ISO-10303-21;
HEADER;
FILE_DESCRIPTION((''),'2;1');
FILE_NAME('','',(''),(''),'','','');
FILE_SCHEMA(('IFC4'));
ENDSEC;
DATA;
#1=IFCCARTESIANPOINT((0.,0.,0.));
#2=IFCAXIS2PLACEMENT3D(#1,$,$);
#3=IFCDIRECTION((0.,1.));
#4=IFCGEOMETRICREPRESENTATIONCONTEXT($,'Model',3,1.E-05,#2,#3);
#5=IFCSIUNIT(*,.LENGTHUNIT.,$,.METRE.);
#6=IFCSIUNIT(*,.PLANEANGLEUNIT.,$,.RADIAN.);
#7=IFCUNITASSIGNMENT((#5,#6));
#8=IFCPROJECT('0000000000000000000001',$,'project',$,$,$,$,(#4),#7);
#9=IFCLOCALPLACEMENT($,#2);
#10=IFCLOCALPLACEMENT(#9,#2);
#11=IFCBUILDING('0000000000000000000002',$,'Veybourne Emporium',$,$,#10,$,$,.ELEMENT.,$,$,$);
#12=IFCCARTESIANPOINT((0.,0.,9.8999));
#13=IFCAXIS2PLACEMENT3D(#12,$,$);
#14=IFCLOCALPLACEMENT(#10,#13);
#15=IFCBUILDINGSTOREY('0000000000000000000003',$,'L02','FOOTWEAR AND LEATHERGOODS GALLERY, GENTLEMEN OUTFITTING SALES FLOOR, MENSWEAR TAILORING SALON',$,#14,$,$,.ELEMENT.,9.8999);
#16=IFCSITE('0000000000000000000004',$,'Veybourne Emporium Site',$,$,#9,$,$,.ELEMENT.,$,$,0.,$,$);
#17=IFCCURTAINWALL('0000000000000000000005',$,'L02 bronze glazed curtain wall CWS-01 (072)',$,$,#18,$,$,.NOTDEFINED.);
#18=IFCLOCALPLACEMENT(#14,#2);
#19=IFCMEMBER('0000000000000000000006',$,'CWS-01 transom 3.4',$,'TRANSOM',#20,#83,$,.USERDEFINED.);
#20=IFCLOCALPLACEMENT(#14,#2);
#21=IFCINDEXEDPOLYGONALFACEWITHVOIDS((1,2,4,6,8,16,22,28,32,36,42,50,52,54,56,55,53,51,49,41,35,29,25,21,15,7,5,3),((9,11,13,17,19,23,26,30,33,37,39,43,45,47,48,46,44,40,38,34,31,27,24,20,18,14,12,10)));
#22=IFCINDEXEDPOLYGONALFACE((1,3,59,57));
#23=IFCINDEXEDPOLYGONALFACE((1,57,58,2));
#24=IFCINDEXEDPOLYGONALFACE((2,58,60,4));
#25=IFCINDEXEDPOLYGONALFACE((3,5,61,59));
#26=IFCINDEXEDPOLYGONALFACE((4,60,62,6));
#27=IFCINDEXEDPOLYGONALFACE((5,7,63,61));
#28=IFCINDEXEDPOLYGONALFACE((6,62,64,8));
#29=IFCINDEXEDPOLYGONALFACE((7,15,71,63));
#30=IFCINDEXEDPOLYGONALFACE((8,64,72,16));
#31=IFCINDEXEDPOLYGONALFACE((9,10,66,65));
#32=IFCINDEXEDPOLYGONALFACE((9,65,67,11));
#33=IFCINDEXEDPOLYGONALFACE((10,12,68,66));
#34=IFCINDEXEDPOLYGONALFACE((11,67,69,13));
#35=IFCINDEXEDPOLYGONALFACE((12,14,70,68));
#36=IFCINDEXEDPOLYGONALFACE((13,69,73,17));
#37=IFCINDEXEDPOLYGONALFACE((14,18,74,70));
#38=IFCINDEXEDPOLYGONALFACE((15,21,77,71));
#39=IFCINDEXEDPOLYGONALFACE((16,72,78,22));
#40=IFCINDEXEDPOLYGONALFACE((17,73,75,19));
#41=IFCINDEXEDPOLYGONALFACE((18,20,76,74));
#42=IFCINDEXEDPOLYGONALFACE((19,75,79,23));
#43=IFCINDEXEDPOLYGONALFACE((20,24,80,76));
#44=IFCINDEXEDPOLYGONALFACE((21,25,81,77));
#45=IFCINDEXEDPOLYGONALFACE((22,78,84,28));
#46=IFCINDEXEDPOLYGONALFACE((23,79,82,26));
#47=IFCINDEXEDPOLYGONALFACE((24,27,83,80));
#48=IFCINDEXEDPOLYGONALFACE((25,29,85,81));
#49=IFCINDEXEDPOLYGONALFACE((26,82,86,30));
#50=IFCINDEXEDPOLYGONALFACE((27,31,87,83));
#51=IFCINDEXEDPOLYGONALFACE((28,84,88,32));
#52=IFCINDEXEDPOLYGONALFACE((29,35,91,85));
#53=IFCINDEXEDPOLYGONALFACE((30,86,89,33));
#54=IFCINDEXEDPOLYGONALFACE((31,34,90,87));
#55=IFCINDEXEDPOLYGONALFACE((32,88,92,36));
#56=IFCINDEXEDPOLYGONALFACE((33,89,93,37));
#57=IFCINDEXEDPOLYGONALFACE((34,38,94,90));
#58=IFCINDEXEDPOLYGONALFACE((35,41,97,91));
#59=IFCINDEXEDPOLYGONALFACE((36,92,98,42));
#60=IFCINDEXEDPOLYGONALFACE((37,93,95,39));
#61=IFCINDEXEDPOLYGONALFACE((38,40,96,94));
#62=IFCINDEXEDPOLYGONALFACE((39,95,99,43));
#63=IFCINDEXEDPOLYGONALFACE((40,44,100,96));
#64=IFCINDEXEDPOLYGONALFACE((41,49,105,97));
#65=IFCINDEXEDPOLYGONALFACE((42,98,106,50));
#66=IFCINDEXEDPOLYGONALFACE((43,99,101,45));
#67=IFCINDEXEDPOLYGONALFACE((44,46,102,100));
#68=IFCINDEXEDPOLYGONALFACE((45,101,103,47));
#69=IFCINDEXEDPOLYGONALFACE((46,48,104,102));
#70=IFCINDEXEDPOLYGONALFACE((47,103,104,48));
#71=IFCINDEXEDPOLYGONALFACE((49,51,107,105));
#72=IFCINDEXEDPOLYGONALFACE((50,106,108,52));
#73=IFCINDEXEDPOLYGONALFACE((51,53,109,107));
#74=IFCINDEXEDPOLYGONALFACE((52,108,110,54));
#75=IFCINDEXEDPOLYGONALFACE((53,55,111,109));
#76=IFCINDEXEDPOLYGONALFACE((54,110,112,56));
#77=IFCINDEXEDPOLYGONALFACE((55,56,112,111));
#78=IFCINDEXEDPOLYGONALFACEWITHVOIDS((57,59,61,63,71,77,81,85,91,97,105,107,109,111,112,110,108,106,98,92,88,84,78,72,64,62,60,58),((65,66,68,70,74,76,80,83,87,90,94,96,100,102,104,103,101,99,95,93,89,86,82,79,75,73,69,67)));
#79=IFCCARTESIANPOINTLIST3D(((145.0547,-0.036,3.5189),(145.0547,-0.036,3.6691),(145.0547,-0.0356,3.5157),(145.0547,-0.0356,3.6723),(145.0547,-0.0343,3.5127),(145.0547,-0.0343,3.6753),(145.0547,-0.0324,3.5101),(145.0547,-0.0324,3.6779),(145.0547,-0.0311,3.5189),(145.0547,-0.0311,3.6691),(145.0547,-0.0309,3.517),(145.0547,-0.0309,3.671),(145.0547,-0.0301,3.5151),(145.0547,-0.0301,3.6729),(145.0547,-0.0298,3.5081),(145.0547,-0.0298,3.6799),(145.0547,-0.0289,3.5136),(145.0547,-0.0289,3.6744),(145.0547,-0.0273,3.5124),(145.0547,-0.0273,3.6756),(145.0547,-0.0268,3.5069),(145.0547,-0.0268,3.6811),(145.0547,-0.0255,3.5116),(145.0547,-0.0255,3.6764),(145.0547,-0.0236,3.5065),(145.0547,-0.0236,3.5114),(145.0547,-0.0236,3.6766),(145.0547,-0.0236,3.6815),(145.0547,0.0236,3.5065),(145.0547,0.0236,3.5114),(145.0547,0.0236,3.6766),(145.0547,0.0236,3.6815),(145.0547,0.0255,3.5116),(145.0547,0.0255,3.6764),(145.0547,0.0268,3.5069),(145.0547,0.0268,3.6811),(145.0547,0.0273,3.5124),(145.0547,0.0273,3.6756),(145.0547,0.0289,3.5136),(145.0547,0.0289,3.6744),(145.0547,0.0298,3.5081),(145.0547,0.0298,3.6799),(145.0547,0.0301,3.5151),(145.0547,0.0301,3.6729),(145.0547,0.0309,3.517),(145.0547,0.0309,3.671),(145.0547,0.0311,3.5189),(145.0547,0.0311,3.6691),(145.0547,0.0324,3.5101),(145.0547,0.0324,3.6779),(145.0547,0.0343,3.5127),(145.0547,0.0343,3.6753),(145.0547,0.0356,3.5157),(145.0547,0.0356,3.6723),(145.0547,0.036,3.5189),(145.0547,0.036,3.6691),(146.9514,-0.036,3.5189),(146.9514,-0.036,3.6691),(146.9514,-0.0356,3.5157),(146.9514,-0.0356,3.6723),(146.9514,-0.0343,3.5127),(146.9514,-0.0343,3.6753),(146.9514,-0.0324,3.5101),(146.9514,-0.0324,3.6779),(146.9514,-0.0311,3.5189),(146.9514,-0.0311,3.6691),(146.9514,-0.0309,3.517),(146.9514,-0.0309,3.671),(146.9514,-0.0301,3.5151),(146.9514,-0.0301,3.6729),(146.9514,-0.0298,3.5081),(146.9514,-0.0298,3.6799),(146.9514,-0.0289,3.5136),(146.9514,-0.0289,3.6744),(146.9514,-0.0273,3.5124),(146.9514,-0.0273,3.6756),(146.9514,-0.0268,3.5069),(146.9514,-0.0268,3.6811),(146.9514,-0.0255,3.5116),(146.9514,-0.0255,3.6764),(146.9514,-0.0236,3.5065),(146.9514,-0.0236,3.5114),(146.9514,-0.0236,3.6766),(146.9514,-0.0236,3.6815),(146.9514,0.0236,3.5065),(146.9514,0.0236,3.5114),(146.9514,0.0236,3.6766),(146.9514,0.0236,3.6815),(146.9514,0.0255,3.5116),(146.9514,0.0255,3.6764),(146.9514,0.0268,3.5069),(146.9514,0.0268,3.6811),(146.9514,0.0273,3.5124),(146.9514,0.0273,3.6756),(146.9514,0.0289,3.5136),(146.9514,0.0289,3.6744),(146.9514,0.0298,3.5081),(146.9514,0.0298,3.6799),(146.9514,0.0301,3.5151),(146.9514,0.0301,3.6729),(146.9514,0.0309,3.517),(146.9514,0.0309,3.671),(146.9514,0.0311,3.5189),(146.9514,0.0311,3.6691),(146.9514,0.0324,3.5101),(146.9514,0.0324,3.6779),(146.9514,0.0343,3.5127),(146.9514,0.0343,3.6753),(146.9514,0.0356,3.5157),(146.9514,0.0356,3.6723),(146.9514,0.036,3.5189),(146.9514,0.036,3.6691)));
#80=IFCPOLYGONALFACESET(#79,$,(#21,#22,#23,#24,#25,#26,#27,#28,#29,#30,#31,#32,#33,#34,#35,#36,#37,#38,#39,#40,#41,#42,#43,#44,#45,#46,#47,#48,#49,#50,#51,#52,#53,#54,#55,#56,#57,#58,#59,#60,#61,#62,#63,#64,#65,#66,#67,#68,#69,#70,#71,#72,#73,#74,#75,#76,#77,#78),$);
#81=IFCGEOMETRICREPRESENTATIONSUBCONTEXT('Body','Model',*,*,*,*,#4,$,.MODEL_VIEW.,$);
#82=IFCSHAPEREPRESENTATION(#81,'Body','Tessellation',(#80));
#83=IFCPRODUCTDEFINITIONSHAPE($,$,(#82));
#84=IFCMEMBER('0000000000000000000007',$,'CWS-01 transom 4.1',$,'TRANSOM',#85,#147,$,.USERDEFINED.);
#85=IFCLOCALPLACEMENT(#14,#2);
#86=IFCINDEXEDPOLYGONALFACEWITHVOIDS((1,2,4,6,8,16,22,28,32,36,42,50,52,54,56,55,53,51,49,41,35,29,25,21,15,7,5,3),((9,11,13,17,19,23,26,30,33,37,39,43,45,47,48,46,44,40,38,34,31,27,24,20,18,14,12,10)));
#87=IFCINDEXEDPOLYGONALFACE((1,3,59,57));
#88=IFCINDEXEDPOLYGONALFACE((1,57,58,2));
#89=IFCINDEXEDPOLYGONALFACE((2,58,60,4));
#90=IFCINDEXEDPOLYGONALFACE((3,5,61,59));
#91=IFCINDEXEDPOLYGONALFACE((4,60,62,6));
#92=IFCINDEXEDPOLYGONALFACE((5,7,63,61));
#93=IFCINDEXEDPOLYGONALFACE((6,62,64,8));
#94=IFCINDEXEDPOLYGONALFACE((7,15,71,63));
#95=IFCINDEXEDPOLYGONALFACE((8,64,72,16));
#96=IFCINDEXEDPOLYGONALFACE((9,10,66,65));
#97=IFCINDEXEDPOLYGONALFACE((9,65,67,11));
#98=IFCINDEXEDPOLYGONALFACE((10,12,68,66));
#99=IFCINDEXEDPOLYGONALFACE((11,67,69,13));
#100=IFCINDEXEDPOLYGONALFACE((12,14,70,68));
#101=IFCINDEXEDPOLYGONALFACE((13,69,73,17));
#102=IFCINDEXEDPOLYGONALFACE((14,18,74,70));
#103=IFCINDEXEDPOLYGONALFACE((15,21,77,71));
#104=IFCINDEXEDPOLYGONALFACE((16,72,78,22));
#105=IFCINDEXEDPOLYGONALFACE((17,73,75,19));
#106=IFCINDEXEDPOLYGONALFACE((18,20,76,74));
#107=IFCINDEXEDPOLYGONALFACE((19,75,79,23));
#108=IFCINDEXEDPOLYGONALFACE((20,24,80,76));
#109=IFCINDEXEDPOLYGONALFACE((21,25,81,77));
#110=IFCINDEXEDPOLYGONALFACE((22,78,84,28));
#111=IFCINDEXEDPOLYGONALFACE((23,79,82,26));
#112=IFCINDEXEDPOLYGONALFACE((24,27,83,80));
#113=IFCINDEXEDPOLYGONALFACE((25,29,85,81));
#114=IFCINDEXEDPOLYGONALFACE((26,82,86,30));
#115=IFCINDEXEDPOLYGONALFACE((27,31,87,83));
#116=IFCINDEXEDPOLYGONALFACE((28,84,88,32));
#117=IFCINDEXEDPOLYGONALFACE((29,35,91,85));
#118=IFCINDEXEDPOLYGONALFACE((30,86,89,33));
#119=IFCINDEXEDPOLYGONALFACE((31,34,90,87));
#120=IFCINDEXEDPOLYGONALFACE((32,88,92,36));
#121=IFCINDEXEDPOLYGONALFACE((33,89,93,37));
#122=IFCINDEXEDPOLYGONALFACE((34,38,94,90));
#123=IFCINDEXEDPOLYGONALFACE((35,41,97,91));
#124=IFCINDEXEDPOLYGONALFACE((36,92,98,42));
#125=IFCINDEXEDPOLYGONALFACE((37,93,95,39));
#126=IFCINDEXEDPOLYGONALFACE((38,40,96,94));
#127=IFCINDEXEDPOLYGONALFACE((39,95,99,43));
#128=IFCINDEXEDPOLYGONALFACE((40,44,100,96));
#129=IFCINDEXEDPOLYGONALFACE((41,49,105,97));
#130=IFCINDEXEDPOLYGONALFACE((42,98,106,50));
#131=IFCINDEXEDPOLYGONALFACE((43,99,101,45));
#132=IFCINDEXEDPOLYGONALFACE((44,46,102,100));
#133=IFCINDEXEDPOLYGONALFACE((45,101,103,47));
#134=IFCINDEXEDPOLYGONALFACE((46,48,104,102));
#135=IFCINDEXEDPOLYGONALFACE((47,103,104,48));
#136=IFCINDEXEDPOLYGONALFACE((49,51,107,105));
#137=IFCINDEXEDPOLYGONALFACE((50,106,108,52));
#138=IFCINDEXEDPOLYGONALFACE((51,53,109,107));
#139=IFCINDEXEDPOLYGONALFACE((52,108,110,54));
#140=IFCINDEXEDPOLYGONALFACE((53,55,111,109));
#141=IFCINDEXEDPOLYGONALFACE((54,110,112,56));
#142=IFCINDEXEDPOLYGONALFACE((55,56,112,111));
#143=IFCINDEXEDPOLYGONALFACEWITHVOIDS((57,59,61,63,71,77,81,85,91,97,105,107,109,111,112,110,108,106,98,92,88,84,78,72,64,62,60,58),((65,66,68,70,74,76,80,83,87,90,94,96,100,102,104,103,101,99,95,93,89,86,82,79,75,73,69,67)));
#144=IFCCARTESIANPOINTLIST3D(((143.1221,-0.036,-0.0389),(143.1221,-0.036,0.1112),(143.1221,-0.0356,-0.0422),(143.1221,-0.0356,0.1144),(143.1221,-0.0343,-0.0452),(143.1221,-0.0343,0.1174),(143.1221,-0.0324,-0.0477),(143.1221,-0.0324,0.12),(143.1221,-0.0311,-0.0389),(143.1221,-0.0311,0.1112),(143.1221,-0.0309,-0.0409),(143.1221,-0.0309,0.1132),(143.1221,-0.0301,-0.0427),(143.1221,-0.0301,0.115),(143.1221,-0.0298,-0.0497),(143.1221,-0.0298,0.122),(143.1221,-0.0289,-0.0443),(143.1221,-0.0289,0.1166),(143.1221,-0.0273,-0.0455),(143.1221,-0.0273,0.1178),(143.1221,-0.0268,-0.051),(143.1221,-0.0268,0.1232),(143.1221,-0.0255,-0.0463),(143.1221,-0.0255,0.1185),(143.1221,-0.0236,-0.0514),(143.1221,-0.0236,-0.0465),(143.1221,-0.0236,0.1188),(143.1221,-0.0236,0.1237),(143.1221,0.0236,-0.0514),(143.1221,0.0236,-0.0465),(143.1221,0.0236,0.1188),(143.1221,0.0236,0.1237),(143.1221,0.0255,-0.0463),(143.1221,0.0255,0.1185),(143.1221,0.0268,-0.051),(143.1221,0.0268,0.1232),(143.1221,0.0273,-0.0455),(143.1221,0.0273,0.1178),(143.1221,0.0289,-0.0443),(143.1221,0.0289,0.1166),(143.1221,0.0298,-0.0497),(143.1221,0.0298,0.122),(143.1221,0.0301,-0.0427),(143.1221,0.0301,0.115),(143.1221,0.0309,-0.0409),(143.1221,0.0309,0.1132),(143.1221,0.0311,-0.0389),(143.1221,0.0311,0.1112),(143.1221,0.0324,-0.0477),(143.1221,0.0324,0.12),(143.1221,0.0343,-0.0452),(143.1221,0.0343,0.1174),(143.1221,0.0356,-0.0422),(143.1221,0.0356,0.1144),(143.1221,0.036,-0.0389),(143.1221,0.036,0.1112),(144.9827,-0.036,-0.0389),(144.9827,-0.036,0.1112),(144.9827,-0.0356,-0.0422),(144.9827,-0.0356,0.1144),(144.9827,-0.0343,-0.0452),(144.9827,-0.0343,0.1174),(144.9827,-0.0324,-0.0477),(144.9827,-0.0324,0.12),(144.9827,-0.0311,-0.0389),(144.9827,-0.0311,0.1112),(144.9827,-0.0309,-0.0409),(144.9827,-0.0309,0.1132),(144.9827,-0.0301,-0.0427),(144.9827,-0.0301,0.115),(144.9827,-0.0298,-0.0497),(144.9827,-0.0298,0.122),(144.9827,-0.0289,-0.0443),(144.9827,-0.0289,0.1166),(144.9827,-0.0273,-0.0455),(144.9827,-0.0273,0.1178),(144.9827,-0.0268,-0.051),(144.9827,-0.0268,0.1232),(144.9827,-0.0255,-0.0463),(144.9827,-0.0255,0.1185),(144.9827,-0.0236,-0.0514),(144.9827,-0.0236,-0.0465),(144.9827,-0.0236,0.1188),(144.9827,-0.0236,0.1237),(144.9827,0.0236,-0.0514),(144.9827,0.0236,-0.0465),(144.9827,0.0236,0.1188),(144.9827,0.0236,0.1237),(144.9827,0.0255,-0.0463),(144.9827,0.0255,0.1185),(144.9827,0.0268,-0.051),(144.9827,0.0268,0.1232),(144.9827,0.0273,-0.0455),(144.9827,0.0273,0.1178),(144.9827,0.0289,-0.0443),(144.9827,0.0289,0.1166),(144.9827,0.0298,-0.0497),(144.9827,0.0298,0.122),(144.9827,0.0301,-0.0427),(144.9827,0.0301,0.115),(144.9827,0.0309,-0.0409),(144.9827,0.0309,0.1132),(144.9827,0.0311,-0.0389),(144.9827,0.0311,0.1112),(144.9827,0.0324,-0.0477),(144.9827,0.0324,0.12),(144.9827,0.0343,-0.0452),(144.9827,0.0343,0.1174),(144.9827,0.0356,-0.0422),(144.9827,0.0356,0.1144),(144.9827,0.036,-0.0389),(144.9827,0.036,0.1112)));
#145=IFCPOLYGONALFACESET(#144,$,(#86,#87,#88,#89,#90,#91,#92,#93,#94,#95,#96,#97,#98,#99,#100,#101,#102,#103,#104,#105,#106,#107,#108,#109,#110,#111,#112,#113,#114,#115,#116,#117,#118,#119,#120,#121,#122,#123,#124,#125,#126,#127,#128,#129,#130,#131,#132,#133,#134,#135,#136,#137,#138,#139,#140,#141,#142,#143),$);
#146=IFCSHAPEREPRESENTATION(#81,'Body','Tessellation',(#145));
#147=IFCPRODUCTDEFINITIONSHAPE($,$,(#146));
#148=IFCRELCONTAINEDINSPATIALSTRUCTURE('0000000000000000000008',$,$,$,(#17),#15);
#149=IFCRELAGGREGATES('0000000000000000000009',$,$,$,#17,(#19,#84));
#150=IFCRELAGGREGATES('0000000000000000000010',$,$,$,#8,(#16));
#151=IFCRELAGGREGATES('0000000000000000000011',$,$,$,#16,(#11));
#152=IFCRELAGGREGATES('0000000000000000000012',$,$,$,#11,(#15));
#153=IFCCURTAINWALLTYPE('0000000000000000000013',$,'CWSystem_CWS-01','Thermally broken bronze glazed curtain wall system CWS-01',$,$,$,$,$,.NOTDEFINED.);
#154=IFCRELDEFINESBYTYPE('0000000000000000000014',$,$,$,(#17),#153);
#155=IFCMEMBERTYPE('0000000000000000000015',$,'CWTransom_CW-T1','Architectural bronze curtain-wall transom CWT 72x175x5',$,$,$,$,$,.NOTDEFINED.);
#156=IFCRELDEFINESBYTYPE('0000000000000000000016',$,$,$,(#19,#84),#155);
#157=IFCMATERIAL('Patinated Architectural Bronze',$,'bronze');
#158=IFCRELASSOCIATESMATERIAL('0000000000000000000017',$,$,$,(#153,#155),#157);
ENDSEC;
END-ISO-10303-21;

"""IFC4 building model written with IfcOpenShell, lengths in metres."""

from ifc_helpers import new_model, si_unit, direction, frame, origin, origin_2d, place, context, subcontext, project, spatial, hollow_rectangle, extrude, material, material_profile, profile_set, type_object, element, aggregate, save


model = new_model("IFC4")

# Units and contexts
model_context = context("Model", 3, precision=1e-05, world=origin(), true_north=direction((0.0, 1.0)))
body_context = subcontext(model_context, "Body", "Model", "MODEL_VIEW")
ifc_project = project(units=[si_unit("LENGTHUNIT", "METRE"), si_unit("PLANEANGLEUNIT", "RADIAN")], contexts=[model_context])

# Site, building, storey
site_placement = place(None, origin())
site = spatial("IfcSite", under=ifc_project, at=site_placement, Name="Veybourne Emporium Site", CompositionType="ELEMENT", RefElevation=0.0)
building_placement = place(site_placement, origin())
building = spatial("IfcBuilding", under=site, at=building_placement, Name="Veybourne Emporium", CompositionType="ELEMENT")
storey_placement = place(building_placement, frame((0.0, 0.0, 9.8999)))
storey = spatial("IfcBuildingStorey", under=building, at=storey_placement, Name="L02", Description="FOOTWEAR AND LEATHERGOODS GALLERY, GENTLEMEN OUTFITTING SALES FLOOR, MENSWEAR TAILORING SALON", CompositionType="ELEMENT", Elevation=9.8999)

# Curtain wall
ifc_material_1 = material(Name="Patinated Architectural Bronze", Category="bronze")
curtain_wall_type_1 = type_object("IfcCurtainWallType", Name="CWSystem_CWS-01", Description="Thermally broken bronze glazed curtain wall system CWS-01", PredefinedType="NOTDEFINED", material=ifc_material_1)
curtain_wall_1_placement = place(storey_placement, origin())
curtain_wall_1 = element("IfcCurtainWall", 1, at=curtain_wall_1_placement, inside=storey, type_object=curtain_wall_type_1, Name="L02 bronze glazed curtain wall CWS-01 (072)", PredefinedType="NOTDEFINED")

# Members
ifc_material_profile_1 = material_profile(ifc_material_1, hollow_rectangle(XDim=0.072, YDim=0.175, WallThickness=0.0049, InnerFilletRadius=0.0076, OuterFilletRadius=0.0125, at=origin_2d()), Name="CWT 72x175x5")
ifc_profile_set_1 = profile_set([ifc_material_profile_1], Name="Patinated Architectural Bronze")
member_type_1 = type_object("IfcMemberType", Name="CWTransom_CW-T1", Description="Architectural bronze curtain-wall transom CWT 72x175x5", PredefinedType="NOTDEFINED", material=ifc_profile_set_1)
member_1_placement = place(storey_placement, frame((146.9514, 0.0, 3.594), z_axis=(-1.0, 0.0, 0.0), x_axis=(0.0, -1.0, 0.0)))
member_1 = element("IfcMember", 2, at=member_1_placement, type_object=member_type_1, Name="CWS-01 transom 3.4", ObjectType="TRANSOM", PredefinedType="USERDEFINED", context=body_context, shape_type="SweptSolid", body=[
    extrude(hollow_rectangle(XDim=0.072, YDim=0.175, WallThickness=0.0049, InnerFilletRadius=0.0076, OuterFilletRadius=0.0125, at=origin_2d()), origin(), (0.0, 0.0, 1.0), 1.8967),
])
member_2_placement = place(storey_placement, frame((144.9827, 0.0, 0.0361), z_axis=(-1.0, 0.0, 0.0), x_axis=(0.0, -1.0, 0.0)))
member_2 = element("IfcMember", 3, at=member_2_placement, type_object=member_type_1, Name="CWS-01 transom 4.1", ObjectType="TRANSOM", PredefinedType="USERDEFINED", context=body_context, shape_type="SweptSolid", body=[
    extrude(hollow_rectangle(XDim=0.072, YDim=0.175, WallThickness=0.0049, InnerFilletRadius=0.0076, OuterFilletRadius=0.0125, at=origin_2d()), origin(), (0.0, 0.0, 1.0), 1.8606),
])

aggregate(curtain_wall_1, [member_1, member_2])

save(model, "model.ifc")
